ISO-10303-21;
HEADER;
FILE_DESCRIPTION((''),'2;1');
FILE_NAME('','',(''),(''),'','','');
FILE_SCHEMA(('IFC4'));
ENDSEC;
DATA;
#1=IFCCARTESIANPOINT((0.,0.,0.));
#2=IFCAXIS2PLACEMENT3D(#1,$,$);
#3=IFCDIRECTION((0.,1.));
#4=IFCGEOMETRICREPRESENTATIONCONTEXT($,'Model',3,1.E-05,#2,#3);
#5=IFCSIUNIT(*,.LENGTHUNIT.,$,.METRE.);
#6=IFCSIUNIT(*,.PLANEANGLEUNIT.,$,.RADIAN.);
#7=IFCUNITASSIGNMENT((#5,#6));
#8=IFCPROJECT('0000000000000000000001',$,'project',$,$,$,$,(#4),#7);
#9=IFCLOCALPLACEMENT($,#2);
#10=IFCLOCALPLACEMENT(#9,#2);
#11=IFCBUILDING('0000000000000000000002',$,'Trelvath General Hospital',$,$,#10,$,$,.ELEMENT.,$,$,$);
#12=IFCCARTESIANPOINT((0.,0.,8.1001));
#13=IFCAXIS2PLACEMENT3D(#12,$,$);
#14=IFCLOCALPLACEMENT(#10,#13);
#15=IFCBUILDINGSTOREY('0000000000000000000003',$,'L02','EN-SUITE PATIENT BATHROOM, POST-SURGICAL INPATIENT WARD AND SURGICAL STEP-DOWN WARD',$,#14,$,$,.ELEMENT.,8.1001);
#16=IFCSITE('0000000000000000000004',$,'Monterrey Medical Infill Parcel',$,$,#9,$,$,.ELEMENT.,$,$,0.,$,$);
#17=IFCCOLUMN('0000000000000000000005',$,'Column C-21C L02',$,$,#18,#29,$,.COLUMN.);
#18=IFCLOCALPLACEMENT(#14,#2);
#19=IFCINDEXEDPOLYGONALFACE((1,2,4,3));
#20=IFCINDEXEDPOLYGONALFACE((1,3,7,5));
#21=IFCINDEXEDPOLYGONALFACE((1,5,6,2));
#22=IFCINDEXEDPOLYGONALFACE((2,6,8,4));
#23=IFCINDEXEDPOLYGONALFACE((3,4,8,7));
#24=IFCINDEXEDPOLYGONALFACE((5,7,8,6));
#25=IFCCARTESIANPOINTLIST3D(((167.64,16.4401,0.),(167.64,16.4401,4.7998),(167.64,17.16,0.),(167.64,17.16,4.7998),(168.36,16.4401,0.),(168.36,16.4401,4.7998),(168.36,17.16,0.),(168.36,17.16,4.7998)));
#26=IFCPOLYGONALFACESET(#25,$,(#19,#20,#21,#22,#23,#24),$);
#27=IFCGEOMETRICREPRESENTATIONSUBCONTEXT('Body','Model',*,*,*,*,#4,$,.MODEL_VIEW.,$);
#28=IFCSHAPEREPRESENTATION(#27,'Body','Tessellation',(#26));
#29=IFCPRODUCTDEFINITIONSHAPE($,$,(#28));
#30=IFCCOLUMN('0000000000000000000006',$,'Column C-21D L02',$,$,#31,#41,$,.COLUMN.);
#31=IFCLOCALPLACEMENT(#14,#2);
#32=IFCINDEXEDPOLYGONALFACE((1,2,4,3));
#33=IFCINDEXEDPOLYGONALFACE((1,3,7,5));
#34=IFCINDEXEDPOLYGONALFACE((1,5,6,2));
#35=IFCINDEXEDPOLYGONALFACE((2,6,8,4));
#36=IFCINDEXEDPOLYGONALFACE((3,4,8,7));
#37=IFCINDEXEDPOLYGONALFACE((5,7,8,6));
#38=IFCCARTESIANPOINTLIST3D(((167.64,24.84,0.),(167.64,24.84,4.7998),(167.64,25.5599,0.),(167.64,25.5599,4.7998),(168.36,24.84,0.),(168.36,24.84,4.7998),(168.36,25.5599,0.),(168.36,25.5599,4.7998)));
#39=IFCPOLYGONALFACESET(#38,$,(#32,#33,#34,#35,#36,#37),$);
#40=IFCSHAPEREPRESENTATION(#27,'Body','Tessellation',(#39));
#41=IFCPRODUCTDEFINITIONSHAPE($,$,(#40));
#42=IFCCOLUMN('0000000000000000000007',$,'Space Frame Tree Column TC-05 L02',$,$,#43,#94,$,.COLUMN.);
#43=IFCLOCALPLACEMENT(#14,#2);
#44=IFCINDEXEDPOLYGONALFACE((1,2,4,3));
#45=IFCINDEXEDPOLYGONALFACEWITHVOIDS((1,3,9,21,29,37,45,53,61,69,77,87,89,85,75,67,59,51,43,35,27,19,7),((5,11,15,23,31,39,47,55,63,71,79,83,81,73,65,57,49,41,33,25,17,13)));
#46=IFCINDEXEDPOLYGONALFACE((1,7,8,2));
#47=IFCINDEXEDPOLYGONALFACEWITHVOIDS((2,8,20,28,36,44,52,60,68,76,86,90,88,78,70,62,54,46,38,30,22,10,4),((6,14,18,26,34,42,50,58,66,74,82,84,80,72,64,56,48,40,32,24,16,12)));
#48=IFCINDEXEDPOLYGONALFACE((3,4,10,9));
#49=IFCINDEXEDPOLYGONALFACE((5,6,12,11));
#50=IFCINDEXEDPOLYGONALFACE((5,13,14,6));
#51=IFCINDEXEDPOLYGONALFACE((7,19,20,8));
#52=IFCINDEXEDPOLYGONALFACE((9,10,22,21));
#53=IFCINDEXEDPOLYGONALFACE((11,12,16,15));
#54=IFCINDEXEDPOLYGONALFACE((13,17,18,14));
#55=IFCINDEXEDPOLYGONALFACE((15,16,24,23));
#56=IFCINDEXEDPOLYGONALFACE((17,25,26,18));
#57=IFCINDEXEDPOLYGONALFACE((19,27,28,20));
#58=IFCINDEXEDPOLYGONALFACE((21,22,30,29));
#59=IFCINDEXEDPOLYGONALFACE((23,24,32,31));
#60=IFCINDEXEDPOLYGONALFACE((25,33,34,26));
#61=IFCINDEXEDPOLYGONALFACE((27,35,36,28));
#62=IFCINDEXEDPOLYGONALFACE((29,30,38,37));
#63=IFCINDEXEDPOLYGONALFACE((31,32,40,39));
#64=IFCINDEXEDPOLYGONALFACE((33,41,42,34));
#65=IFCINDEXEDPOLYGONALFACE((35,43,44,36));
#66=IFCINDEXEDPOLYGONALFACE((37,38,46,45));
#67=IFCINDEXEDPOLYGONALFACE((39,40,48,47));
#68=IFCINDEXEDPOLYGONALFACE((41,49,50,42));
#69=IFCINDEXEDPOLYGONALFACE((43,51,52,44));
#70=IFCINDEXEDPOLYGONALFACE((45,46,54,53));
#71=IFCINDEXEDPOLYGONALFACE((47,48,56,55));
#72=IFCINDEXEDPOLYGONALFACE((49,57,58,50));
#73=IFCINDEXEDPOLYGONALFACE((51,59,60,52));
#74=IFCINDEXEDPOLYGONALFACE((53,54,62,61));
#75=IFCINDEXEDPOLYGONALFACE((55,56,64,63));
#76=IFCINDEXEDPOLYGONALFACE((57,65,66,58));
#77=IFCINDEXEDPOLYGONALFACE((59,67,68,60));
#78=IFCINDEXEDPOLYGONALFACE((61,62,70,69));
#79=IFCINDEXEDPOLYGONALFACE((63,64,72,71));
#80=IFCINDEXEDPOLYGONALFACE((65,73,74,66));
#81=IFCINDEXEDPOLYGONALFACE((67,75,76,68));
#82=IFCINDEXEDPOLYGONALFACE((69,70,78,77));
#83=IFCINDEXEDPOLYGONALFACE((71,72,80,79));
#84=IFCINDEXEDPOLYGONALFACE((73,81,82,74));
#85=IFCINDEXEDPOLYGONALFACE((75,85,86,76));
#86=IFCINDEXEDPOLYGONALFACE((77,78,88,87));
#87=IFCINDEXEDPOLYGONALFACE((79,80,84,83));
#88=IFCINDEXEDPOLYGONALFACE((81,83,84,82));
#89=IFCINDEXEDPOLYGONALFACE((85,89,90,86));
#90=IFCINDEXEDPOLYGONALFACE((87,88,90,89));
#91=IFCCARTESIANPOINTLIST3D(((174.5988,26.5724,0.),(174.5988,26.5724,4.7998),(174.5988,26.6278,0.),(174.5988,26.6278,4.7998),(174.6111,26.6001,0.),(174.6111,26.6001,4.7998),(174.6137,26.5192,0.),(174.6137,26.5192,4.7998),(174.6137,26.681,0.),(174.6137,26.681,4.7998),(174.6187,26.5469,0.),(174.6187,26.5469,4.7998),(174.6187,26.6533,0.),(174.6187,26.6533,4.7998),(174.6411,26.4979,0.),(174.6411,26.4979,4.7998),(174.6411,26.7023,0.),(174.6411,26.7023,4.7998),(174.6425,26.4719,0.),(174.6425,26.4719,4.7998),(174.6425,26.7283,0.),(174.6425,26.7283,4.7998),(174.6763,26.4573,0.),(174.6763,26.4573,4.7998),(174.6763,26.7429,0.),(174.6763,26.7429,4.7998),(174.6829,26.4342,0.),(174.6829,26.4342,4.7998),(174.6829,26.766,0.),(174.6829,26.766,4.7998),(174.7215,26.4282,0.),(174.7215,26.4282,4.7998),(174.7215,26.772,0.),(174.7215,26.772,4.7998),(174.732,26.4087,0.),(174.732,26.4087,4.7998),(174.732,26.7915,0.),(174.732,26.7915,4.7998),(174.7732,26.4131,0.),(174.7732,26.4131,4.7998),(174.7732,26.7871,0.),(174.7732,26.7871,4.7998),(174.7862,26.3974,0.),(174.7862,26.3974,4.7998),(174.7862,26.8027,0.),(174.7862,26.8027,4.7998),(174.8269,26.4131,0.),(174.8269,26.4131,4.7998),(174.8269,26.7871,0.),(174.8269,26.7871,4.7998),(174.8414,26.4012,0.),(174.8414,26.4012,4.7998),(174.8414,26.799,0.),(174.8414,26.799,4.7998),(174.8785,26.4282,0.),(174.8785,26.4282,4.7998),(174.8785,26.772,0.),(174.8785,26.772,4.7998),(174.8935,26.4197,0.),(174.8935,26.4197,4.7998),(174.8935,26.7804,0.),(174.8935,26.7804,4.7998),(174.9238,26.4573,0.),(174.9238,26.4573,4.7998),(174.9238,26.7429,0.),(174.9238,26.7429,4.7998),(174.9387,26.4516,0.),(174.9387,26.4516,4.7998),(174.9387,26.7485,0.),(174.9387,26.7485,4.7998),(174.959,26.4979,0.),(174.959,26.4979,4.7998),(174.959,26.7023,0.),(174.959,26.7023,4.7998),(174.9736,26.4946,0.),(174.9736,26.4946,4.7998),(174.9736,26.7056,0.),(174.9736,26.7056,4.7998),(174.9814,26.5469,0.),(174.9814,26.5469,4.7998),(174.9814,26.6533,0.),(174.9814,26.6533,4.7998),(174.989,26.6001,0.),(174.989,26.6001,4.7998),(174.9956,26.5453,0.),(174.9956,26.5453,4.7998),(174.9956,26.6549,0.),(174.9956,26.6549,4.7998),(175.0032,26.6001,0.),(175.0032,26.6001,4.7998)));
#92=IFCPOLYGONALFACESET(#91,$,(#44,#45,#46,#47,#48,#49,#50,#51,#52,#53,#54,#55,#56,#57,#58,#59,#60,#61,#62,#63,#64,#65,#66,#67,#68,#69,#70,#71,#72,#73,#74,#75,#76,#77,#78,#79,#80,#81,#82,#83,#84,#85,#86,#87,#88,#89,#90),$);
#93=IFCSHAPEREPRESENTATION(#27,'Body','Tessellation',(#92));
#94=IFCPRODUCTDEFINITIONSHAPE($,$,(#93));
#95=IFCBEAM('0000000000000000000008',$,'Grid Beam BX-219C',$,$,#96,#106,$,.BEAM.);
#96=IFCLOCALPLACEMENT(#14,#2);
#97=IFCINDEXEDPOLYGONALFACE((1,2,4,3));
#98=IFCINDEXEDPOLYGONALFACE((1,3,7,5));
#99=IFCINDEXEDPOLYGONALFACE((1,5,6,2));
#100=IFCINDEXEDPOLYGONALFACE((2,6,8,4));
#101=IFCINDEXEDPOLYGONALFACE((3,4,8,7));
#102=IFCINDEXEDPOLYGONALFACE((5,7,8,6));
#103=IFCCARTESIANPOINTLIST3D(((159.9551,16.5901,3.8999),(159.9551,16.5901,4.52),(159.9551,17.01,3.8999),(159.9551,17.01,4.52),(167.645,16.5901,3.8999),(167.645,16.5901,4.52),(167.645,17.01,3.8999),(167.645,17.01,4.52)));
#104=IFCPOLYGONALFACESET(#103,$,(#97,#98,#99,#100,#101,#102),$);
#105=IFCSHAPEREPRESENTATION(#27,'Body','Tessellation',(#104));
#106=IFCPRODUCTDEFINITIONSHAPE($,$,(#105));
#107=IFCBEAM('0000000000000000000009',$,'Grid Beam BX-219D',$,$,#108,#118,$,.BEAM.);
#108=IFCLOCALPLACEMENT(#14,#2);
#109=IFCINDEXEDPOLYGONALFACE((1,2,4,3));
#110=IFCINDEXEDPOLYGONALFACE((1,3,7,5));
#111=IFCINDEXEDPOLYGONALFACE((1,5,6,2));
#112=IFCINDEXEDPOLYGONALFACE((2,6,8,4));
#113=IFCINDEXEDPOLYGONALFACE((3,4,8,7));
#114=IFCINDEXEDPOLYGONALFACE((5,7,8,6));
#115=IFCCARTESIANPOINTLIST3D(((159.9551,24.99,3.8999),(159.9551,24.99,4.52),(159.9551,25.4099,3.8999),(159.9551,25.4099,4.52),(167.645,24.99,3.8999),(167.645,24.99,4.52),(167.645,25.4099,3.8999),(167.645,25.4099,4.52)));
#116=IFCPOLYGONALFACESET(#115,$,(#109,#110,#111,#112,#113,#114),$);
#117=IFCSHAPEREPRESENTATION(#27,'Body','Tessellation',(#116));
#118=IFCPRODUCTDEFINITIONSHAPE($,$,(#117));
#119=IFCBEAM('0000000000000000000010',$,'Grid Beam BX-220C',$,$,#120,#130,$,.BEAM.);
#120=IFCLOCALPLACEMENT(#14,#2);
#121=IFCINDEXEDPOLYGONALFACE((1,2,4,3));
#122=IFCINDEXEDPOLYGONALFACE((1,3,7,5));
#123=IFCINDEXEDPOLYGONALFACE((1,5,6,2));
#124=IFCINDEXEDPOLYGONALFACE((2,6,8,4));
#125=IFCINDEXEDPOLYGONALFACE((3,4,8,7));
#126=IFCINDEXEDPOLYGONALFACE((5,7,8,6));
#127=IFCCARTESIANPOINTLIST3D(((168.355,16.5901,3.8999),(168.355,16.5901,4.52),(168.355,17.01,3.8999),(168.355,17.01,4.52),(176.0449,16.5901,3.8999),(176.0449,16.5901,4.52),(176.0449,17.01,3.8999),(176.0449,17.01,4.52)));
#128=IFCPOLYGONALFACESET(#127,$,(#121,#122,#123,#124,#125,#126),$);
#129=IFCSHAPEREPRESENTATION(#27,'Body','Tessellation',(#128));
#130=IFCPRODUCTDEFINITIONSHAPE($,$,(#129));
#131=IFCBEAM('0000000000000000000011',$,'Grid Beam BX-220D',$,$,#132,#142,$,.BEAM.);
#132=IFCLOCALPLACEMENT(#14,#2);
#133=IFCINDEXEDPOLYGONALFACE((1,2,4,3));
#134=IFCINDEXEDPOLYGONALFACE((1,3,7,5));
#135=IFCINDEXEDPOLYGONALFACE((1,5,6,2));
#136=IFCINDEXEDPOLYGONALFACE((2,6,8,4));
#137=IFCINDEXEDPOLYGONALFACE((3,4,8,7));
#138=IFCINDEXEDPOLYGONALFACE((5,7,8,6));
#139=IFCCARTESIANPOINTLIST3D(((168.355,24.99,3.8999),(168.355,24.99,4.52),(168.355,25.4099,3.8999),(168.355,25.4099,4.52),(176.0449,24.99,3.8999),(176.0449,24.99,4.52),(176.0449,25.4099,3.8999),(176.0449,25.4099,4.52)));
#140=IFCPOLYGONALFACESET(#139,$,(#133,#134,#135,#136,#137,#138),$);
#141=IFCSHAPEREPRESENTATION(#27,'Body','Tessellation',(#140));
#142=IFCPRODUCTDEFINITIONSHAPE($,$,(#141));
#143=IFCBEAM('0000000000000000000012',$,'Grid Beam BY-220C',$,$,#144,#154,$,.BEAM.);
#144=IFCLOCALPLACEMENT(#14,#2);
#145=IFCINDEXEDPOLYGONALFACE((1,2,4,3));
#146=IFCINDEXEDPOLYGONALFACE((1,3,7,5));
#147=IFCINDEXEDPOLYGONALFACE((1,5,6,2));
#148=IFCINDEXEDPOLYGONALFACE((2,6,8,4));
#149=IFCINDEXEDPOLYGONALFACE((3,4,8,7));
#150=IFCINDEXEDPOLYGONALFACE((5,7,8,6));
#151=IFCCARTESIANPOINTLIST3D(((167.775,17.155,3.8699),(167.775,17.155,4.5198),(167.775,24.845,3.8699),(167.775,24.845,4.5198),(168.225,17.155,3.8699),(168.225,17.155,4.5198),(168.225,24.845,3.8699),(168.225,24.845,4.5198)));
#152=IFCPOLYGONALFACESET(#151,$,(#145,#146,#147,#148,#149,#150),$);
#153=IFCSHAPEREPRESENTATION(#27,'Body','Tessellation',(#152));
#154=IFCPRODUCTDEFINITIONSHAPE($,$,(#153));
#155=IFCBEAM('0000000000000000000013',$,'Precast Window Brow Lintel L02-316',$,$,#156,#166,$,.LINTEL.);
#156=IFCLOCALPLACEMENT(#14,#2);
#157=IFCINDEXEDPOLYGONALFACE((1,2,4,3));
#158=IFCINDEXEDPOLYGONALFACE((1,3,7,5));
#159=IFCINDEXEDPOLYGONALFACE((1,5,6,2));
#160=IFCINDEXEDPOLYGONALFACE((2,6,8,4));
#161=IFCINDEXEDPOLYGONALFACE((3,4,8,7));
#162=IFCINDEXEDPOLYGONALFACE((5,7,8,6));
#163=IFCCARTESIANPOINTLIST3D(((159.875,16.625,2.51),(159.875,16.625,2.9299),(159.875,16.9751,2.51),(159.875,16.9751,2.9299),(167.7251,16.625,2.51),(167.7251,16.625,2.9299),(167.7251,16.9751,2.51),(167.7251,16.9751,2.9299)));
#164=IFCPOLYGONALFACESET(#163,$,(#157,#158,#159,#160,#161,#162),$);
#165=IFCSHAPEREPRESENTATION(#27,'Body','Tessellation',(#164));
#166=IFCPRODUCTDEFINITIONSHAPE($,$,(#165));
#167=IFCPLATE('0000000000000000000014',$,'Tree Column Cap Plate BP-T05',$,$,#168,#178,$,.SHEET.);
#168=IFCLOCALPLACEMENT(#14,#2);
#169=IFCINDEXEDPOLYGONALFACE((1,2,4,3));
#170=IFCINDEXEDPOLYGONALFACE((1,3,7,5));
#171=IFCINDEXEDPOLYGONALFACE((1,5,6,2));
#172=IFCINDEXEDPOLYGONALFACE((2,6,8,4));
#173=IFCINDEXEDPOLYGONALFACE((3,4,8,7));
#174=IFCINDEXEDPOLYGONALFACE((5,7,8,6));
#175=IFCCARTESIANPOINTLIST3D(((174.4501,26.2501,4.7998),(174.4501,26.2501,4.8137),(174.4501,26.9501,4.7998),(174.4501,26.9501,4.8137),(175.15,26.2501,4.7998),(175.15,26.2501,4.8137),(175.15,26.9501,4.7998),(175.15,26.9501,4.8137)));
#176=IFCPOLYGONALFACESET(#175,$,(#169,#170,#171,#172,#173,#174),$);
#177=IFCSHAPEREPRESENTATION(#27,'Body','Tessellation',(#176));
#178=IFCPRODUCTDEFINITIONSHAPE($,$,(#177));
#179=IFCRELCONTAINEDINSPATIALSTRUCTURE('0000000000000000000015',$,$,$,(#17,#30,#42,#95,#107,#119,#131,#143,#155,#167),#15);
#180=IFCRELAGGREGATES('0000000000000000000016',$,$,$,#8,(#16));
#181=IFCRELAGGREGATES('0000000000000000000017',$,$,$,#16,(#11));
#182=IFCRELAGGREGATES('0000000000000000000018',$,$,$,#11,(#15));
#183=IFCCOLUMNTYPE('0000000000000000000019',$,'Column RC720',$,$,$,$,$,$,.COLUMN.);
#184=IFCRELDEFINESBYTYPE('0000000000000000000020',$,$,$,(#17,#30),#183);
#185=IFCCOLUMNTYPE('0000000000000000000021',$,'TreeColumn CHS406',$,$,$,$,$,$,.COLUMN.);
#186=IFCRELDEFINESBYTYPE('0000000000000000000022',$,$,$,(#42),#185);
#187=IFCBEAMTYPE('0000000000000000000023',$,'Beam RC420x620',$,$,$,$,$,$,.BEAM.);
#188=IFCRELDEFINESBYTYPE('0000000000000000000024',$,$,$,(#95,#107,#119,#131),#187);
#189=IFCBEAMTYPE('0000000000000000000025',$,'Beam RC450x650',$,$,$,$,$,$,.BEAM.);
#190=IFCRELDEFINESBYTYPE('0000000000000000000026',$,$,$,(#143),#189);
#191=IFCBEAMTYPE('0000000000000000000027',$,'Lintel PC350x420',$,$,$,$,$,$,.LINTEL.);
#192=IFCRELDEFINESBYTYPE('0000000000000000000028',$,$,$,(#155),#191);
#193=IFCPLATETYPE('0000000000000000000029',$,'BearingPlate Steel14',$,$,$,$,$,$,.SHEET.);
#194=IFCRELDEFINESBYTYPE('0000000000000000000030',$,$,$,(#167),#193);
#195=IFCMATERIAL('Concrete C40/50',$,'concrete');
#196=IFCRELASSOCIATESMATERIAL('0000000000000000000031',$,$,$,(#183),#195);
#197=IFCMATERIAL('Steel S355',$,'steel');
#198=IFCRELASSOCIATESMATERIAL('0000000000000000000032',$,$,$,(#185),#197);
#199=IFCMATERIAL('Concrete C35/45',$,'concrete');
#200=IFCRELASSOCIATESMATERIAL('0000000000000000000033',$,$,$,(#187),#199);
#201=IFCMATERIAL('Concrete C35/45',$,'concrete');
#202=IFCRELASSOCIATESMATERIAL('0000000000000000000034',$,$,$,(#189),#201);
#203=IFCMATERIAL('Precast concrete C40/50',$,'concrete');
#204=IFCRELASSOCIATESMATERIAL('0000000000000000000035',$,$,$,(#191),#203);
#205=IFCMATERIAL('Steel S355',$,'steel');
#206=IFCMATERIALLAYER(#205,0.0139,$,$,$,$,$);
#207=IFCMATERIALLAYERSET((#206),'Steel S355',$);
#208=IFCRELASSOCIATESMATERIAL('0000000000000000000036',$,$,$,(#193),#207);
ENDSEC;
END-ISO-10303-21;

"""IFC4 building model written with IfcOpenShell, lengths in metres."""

from ifc_helpers import new_model, si_unit, direction, frame, origin, origin_2d, place, context, subcontext, project, spatial, rectangle, hollow_circle, extrude, material, layer, layer_set, material_profile, profile_set, type_object, element, save


model = new_model("IFC4")

# Units and contexts
model_context = context("Model", 3, precision=1e-05, world=origin(), true_north=direction((0.0, 1.0)))
body_context = subcontext(model_context, "Body", "Model", "MODEL_VIEW")
ifc_project = project(units=[si_unit("LENGTHUNIT", "METRE"), si_unit("PLANEANGLEUNIT", "RADIAN")], contexts=[model_context])

# Site, building, storey
site_placement = place(None, origin())
site = spatial("IfcSite", under=ifc_project, at=site_placement, Name="Monterrey Medical Infill Parcel", CompositionType="ELEMENT", RefElevation=0.0)
building_placement = place(site_placement, origin())
building = spatial("IfcBuilding", under=site, at=building_placement, Name="Trelvath General Hospital", CompositionType="ELEMENT")
storey_placement = place(building_placement, frame((0.0, 0.0, 8.1001)))
storey = spatial("IfcBuildingStorey", under=building, at=storey_placement, Name="L02", Description="EN-SUITE PATIENT BATHROOM, POST-SURGICAL INPATIENT WARD AND SURGICAL STEP-DOWN WARD", CompositionType="ELEMENT", Elevation=8.1001)

# Columns
ifc_material_1 = material(Name="Concrete C40/50", Category="concrete")
ifc_material_profile_1 = material_profile(ifc_material_1, rectangle(XDim=0.72, YDim=0.72, at=origin_2d()), Name="RC720x720")
ifc_profile_set_1 = profile_set([ifc_material_profile_1], Name="Concrete C40/50")
column_type_1 = type_object("IfcColumnType", Name="Column RC720", PredefinedType="COLUMN", material=ifc_profile_set_1)
for number, where, z_axis, x_axis, name in (
    (1, (168.0, 16.8, 0.0), (0.0, 0.0, 1.0), (1.0, 0.0, 0.0), "Column C-21C L02"),
    (2, (168.0, 25.2, 0.0), (0.0, 0.0, 1.0), (1.0, 0.0, 0.0), "Column C-21D L02"),
):
    element("IfcColumn", number, at=place(storey_placement, frame(where, z_axis=z_axis, x_axis=x_axis)), inside=storey, type_object=column_type_1, Name=name, PredefinedType="COLUMN", context=body_context, shape_type="SweptSolid", body=[
        extrude(rectangle(XDim=0.72, YDim=0.72, at=origin_2d()), origin(), (0.0, 0.0, 1.0), 4.7998),
    ])
ifc_material_2 = material(Name="Steel S355", Category="steel")
ifc_material_profile_2 = material_profile(ifc_material_2, hollow_circle(Radius=0.2031, WallThickness=0.0142, at=origin_2d()), Name="CHS406.4x14.2")
ifc_profile_set_2 = profile_set([ifc_material_profile_2], Name="Steel S355")
column_type_2 = type_object("IfcColumnType", Name="TreeColumn CHS406", PredefinedType="COLUMN", material=ifc_profile_set_2)
column_placement = place(storey_placement, frame((174.8, 26.6001, 0.0), z_axis=(0.0, 0.0, 1.0), x_axis=(1.0, 0.0, 0.0)))
element("IfcColumn", 3, at=column_placement, inside=storey, type_object=column_type_2, Name="Space Frame Tree Column TC-05 L02", PredefinedType="COLUMN", context=body_context, shape_type="SweptSolid", body=[
    extrude(hollow_circle(Radius=0.2031, WallThickness=0.0142, at=origin_2d()), origin(), (0.0, 0.0, 1.0), 4.7998),
])

# Beams
ifc_material_3 = material(Name="Concrete C35/45", Category="concrete")
ifc_material_profile_3 = material_profile(ifc_material_3, rectangle(XDim=0.4199, YDim=0.6201, at=origin_2d()), Name="RCB420x620")
ifc_profile_set_3 = profile_set([ifc_material_profile_3], Name="Concrete C35/45")
beam_type_1 = type_object("IfcBeamType", Name="Beam RC420x620", PredefinedType="BEAM", material=ifc_profile_set_3)
for number, where, z_axis, x_axis, name in (
    (4, (159.9551, 16.8, 4.21), (1.0, 0.0, 0.0), (0.0, 1.0, 0.0), "Grid Beam BX-219C"),
    (5, (159.9551, 25.2, 4.21), (1.0, 0.0, 0.0), (0.0, 1.0, 0.0), "Grid Beam BX-219D"),
    (6, (168.355, 16.8, 4.21), (1.0, 0.0, 0.0), (0.0, 1.0, 0.0), "Grid Beam BX-220C"),
    (7, (168.355, 25.2, 4.21), (1.0, 0.0, 0.0), (0.0, 1.0, 0.0), "Grid Beam BX-220D"),
):
    element("IfcBeam", number, at=place(storey_placement, frame(where, z_axis=z_axis, x_axis=x_axis)), inside=storey, type_object=beam_type_1, Name=name, PredefinedType="BEAM", context=body_context, shape_type="SweptSolid", body=[
        extrude(rectangle(XDim=0.4199, YDim=0.6201, at=origin_2d()), origin(), (0.0, 0.0, 1.0), 7.6899),
    ])
ifc_material_4 = material(Name="Concrete C35/45", Category="concrete")
ifc_material_profile_4 = material_profile(ifc_material_4, rectangle(XDim=0.45, YDim=0.6499, at=origin_2d()), Name="RCB450x650")
ifc_profile_set_4 = profile_set([ifc_material_profile_4], Name="Concrete C35/45")
beam_type_2 = type_object("IfcBeamType", Name="Beam RC450x650", PredefinedType="BEAM", material=ifc_profile_set_4)
beam_1_placement = place(storey_placement, frame((168.0, 17.155, 4.1948), z_axis=(0.0, 1.0, 0.0), x_axis=(-1.0, 0.0, 0.0)))
element("IfcBeam", 8, at=beam_1_placement, inside=storey, type_object=beam_type_2, Name="Grid Beam BY-220C", PredefinedType="BEAM", context=body_context, shape_type="SweptSolid", body=[
    extrude(rectangle(XDim=0.45, YDim=0.6499, at=origin_2d()), origin(), (0.0, 0.0, 1.0), 7.6899),
])
ifc_material_5 = material(Name="Precast concrete C40/50", Category="concrete")
ifc_material_profile_5 = material_profile(ifc_material_5, rectangle(XDim=0.3501, YDim=0.4199, at=origin_2d()), Name="PCL350x420")
ifc_profile_set_5 = profile_set([ifc_material_profile_5], Name="Precast concrete C40/50")
beam_type_3 = type_object("IfcBeamType", Name="Lintel PC350x420", PredefinedType="LINTEL", material=ifc_profile_set_5)
beam_2_placement = place(storey_placement, frame((167.7251, 16.8, 2.72), z_axis=(-1.0, 0.0, 0.0), x_axis=(0.0, -1.0, 0.0)))
element("IfcBeam", 9, at=beam_2_placement, inside=storey, type_object=beam_type_3, Name="Precast Window Brow Lintel L02-316", PredefinedType="LINTEL", context=body_context, shape_type="SweptSolid", body=[
    extrude(rectangle(XDim=0.3501, YDim=0.4199, at=origin_2d()), origin(), (0.0, 0.0, 1.0), 7.8501),
])

# Plate
ifc_material_6 = material(Name="Steel S355", Category="steel")
ifc_layer_1 = layer(ifc_material_6, 0.0139)
ifc_layer_set_1 = layer_set([ifc_layer_1], Name="Steel S355")
plate_type = type_object("IfcPlateType", Name="BearingPlate Steel14", PredefinedType="SHEET", material=ifc_layer_set_1)
plate_placement = place(storey_placement, frame((174.8, 26.6001, 4.7998), z_axis=(0.0, 0.0, 1.0), x_axis=(1.0, 0.0, 0.0)))
element("IfcPlate", 10, at=plate_placement, inside=storey, type_object=plate_type, Name="Tree Column Cap Plate BP-T05", PredefinedType="SHEET", context=body_context, shape_type="SweptSolid", body=[
    extrude(rectangle(XDim=0.7, YDim=0.7, at=origin_2d()), origin(), (0.0, 0.0, 1.0), 0.0139),
])

save(model, "model.ifc")
